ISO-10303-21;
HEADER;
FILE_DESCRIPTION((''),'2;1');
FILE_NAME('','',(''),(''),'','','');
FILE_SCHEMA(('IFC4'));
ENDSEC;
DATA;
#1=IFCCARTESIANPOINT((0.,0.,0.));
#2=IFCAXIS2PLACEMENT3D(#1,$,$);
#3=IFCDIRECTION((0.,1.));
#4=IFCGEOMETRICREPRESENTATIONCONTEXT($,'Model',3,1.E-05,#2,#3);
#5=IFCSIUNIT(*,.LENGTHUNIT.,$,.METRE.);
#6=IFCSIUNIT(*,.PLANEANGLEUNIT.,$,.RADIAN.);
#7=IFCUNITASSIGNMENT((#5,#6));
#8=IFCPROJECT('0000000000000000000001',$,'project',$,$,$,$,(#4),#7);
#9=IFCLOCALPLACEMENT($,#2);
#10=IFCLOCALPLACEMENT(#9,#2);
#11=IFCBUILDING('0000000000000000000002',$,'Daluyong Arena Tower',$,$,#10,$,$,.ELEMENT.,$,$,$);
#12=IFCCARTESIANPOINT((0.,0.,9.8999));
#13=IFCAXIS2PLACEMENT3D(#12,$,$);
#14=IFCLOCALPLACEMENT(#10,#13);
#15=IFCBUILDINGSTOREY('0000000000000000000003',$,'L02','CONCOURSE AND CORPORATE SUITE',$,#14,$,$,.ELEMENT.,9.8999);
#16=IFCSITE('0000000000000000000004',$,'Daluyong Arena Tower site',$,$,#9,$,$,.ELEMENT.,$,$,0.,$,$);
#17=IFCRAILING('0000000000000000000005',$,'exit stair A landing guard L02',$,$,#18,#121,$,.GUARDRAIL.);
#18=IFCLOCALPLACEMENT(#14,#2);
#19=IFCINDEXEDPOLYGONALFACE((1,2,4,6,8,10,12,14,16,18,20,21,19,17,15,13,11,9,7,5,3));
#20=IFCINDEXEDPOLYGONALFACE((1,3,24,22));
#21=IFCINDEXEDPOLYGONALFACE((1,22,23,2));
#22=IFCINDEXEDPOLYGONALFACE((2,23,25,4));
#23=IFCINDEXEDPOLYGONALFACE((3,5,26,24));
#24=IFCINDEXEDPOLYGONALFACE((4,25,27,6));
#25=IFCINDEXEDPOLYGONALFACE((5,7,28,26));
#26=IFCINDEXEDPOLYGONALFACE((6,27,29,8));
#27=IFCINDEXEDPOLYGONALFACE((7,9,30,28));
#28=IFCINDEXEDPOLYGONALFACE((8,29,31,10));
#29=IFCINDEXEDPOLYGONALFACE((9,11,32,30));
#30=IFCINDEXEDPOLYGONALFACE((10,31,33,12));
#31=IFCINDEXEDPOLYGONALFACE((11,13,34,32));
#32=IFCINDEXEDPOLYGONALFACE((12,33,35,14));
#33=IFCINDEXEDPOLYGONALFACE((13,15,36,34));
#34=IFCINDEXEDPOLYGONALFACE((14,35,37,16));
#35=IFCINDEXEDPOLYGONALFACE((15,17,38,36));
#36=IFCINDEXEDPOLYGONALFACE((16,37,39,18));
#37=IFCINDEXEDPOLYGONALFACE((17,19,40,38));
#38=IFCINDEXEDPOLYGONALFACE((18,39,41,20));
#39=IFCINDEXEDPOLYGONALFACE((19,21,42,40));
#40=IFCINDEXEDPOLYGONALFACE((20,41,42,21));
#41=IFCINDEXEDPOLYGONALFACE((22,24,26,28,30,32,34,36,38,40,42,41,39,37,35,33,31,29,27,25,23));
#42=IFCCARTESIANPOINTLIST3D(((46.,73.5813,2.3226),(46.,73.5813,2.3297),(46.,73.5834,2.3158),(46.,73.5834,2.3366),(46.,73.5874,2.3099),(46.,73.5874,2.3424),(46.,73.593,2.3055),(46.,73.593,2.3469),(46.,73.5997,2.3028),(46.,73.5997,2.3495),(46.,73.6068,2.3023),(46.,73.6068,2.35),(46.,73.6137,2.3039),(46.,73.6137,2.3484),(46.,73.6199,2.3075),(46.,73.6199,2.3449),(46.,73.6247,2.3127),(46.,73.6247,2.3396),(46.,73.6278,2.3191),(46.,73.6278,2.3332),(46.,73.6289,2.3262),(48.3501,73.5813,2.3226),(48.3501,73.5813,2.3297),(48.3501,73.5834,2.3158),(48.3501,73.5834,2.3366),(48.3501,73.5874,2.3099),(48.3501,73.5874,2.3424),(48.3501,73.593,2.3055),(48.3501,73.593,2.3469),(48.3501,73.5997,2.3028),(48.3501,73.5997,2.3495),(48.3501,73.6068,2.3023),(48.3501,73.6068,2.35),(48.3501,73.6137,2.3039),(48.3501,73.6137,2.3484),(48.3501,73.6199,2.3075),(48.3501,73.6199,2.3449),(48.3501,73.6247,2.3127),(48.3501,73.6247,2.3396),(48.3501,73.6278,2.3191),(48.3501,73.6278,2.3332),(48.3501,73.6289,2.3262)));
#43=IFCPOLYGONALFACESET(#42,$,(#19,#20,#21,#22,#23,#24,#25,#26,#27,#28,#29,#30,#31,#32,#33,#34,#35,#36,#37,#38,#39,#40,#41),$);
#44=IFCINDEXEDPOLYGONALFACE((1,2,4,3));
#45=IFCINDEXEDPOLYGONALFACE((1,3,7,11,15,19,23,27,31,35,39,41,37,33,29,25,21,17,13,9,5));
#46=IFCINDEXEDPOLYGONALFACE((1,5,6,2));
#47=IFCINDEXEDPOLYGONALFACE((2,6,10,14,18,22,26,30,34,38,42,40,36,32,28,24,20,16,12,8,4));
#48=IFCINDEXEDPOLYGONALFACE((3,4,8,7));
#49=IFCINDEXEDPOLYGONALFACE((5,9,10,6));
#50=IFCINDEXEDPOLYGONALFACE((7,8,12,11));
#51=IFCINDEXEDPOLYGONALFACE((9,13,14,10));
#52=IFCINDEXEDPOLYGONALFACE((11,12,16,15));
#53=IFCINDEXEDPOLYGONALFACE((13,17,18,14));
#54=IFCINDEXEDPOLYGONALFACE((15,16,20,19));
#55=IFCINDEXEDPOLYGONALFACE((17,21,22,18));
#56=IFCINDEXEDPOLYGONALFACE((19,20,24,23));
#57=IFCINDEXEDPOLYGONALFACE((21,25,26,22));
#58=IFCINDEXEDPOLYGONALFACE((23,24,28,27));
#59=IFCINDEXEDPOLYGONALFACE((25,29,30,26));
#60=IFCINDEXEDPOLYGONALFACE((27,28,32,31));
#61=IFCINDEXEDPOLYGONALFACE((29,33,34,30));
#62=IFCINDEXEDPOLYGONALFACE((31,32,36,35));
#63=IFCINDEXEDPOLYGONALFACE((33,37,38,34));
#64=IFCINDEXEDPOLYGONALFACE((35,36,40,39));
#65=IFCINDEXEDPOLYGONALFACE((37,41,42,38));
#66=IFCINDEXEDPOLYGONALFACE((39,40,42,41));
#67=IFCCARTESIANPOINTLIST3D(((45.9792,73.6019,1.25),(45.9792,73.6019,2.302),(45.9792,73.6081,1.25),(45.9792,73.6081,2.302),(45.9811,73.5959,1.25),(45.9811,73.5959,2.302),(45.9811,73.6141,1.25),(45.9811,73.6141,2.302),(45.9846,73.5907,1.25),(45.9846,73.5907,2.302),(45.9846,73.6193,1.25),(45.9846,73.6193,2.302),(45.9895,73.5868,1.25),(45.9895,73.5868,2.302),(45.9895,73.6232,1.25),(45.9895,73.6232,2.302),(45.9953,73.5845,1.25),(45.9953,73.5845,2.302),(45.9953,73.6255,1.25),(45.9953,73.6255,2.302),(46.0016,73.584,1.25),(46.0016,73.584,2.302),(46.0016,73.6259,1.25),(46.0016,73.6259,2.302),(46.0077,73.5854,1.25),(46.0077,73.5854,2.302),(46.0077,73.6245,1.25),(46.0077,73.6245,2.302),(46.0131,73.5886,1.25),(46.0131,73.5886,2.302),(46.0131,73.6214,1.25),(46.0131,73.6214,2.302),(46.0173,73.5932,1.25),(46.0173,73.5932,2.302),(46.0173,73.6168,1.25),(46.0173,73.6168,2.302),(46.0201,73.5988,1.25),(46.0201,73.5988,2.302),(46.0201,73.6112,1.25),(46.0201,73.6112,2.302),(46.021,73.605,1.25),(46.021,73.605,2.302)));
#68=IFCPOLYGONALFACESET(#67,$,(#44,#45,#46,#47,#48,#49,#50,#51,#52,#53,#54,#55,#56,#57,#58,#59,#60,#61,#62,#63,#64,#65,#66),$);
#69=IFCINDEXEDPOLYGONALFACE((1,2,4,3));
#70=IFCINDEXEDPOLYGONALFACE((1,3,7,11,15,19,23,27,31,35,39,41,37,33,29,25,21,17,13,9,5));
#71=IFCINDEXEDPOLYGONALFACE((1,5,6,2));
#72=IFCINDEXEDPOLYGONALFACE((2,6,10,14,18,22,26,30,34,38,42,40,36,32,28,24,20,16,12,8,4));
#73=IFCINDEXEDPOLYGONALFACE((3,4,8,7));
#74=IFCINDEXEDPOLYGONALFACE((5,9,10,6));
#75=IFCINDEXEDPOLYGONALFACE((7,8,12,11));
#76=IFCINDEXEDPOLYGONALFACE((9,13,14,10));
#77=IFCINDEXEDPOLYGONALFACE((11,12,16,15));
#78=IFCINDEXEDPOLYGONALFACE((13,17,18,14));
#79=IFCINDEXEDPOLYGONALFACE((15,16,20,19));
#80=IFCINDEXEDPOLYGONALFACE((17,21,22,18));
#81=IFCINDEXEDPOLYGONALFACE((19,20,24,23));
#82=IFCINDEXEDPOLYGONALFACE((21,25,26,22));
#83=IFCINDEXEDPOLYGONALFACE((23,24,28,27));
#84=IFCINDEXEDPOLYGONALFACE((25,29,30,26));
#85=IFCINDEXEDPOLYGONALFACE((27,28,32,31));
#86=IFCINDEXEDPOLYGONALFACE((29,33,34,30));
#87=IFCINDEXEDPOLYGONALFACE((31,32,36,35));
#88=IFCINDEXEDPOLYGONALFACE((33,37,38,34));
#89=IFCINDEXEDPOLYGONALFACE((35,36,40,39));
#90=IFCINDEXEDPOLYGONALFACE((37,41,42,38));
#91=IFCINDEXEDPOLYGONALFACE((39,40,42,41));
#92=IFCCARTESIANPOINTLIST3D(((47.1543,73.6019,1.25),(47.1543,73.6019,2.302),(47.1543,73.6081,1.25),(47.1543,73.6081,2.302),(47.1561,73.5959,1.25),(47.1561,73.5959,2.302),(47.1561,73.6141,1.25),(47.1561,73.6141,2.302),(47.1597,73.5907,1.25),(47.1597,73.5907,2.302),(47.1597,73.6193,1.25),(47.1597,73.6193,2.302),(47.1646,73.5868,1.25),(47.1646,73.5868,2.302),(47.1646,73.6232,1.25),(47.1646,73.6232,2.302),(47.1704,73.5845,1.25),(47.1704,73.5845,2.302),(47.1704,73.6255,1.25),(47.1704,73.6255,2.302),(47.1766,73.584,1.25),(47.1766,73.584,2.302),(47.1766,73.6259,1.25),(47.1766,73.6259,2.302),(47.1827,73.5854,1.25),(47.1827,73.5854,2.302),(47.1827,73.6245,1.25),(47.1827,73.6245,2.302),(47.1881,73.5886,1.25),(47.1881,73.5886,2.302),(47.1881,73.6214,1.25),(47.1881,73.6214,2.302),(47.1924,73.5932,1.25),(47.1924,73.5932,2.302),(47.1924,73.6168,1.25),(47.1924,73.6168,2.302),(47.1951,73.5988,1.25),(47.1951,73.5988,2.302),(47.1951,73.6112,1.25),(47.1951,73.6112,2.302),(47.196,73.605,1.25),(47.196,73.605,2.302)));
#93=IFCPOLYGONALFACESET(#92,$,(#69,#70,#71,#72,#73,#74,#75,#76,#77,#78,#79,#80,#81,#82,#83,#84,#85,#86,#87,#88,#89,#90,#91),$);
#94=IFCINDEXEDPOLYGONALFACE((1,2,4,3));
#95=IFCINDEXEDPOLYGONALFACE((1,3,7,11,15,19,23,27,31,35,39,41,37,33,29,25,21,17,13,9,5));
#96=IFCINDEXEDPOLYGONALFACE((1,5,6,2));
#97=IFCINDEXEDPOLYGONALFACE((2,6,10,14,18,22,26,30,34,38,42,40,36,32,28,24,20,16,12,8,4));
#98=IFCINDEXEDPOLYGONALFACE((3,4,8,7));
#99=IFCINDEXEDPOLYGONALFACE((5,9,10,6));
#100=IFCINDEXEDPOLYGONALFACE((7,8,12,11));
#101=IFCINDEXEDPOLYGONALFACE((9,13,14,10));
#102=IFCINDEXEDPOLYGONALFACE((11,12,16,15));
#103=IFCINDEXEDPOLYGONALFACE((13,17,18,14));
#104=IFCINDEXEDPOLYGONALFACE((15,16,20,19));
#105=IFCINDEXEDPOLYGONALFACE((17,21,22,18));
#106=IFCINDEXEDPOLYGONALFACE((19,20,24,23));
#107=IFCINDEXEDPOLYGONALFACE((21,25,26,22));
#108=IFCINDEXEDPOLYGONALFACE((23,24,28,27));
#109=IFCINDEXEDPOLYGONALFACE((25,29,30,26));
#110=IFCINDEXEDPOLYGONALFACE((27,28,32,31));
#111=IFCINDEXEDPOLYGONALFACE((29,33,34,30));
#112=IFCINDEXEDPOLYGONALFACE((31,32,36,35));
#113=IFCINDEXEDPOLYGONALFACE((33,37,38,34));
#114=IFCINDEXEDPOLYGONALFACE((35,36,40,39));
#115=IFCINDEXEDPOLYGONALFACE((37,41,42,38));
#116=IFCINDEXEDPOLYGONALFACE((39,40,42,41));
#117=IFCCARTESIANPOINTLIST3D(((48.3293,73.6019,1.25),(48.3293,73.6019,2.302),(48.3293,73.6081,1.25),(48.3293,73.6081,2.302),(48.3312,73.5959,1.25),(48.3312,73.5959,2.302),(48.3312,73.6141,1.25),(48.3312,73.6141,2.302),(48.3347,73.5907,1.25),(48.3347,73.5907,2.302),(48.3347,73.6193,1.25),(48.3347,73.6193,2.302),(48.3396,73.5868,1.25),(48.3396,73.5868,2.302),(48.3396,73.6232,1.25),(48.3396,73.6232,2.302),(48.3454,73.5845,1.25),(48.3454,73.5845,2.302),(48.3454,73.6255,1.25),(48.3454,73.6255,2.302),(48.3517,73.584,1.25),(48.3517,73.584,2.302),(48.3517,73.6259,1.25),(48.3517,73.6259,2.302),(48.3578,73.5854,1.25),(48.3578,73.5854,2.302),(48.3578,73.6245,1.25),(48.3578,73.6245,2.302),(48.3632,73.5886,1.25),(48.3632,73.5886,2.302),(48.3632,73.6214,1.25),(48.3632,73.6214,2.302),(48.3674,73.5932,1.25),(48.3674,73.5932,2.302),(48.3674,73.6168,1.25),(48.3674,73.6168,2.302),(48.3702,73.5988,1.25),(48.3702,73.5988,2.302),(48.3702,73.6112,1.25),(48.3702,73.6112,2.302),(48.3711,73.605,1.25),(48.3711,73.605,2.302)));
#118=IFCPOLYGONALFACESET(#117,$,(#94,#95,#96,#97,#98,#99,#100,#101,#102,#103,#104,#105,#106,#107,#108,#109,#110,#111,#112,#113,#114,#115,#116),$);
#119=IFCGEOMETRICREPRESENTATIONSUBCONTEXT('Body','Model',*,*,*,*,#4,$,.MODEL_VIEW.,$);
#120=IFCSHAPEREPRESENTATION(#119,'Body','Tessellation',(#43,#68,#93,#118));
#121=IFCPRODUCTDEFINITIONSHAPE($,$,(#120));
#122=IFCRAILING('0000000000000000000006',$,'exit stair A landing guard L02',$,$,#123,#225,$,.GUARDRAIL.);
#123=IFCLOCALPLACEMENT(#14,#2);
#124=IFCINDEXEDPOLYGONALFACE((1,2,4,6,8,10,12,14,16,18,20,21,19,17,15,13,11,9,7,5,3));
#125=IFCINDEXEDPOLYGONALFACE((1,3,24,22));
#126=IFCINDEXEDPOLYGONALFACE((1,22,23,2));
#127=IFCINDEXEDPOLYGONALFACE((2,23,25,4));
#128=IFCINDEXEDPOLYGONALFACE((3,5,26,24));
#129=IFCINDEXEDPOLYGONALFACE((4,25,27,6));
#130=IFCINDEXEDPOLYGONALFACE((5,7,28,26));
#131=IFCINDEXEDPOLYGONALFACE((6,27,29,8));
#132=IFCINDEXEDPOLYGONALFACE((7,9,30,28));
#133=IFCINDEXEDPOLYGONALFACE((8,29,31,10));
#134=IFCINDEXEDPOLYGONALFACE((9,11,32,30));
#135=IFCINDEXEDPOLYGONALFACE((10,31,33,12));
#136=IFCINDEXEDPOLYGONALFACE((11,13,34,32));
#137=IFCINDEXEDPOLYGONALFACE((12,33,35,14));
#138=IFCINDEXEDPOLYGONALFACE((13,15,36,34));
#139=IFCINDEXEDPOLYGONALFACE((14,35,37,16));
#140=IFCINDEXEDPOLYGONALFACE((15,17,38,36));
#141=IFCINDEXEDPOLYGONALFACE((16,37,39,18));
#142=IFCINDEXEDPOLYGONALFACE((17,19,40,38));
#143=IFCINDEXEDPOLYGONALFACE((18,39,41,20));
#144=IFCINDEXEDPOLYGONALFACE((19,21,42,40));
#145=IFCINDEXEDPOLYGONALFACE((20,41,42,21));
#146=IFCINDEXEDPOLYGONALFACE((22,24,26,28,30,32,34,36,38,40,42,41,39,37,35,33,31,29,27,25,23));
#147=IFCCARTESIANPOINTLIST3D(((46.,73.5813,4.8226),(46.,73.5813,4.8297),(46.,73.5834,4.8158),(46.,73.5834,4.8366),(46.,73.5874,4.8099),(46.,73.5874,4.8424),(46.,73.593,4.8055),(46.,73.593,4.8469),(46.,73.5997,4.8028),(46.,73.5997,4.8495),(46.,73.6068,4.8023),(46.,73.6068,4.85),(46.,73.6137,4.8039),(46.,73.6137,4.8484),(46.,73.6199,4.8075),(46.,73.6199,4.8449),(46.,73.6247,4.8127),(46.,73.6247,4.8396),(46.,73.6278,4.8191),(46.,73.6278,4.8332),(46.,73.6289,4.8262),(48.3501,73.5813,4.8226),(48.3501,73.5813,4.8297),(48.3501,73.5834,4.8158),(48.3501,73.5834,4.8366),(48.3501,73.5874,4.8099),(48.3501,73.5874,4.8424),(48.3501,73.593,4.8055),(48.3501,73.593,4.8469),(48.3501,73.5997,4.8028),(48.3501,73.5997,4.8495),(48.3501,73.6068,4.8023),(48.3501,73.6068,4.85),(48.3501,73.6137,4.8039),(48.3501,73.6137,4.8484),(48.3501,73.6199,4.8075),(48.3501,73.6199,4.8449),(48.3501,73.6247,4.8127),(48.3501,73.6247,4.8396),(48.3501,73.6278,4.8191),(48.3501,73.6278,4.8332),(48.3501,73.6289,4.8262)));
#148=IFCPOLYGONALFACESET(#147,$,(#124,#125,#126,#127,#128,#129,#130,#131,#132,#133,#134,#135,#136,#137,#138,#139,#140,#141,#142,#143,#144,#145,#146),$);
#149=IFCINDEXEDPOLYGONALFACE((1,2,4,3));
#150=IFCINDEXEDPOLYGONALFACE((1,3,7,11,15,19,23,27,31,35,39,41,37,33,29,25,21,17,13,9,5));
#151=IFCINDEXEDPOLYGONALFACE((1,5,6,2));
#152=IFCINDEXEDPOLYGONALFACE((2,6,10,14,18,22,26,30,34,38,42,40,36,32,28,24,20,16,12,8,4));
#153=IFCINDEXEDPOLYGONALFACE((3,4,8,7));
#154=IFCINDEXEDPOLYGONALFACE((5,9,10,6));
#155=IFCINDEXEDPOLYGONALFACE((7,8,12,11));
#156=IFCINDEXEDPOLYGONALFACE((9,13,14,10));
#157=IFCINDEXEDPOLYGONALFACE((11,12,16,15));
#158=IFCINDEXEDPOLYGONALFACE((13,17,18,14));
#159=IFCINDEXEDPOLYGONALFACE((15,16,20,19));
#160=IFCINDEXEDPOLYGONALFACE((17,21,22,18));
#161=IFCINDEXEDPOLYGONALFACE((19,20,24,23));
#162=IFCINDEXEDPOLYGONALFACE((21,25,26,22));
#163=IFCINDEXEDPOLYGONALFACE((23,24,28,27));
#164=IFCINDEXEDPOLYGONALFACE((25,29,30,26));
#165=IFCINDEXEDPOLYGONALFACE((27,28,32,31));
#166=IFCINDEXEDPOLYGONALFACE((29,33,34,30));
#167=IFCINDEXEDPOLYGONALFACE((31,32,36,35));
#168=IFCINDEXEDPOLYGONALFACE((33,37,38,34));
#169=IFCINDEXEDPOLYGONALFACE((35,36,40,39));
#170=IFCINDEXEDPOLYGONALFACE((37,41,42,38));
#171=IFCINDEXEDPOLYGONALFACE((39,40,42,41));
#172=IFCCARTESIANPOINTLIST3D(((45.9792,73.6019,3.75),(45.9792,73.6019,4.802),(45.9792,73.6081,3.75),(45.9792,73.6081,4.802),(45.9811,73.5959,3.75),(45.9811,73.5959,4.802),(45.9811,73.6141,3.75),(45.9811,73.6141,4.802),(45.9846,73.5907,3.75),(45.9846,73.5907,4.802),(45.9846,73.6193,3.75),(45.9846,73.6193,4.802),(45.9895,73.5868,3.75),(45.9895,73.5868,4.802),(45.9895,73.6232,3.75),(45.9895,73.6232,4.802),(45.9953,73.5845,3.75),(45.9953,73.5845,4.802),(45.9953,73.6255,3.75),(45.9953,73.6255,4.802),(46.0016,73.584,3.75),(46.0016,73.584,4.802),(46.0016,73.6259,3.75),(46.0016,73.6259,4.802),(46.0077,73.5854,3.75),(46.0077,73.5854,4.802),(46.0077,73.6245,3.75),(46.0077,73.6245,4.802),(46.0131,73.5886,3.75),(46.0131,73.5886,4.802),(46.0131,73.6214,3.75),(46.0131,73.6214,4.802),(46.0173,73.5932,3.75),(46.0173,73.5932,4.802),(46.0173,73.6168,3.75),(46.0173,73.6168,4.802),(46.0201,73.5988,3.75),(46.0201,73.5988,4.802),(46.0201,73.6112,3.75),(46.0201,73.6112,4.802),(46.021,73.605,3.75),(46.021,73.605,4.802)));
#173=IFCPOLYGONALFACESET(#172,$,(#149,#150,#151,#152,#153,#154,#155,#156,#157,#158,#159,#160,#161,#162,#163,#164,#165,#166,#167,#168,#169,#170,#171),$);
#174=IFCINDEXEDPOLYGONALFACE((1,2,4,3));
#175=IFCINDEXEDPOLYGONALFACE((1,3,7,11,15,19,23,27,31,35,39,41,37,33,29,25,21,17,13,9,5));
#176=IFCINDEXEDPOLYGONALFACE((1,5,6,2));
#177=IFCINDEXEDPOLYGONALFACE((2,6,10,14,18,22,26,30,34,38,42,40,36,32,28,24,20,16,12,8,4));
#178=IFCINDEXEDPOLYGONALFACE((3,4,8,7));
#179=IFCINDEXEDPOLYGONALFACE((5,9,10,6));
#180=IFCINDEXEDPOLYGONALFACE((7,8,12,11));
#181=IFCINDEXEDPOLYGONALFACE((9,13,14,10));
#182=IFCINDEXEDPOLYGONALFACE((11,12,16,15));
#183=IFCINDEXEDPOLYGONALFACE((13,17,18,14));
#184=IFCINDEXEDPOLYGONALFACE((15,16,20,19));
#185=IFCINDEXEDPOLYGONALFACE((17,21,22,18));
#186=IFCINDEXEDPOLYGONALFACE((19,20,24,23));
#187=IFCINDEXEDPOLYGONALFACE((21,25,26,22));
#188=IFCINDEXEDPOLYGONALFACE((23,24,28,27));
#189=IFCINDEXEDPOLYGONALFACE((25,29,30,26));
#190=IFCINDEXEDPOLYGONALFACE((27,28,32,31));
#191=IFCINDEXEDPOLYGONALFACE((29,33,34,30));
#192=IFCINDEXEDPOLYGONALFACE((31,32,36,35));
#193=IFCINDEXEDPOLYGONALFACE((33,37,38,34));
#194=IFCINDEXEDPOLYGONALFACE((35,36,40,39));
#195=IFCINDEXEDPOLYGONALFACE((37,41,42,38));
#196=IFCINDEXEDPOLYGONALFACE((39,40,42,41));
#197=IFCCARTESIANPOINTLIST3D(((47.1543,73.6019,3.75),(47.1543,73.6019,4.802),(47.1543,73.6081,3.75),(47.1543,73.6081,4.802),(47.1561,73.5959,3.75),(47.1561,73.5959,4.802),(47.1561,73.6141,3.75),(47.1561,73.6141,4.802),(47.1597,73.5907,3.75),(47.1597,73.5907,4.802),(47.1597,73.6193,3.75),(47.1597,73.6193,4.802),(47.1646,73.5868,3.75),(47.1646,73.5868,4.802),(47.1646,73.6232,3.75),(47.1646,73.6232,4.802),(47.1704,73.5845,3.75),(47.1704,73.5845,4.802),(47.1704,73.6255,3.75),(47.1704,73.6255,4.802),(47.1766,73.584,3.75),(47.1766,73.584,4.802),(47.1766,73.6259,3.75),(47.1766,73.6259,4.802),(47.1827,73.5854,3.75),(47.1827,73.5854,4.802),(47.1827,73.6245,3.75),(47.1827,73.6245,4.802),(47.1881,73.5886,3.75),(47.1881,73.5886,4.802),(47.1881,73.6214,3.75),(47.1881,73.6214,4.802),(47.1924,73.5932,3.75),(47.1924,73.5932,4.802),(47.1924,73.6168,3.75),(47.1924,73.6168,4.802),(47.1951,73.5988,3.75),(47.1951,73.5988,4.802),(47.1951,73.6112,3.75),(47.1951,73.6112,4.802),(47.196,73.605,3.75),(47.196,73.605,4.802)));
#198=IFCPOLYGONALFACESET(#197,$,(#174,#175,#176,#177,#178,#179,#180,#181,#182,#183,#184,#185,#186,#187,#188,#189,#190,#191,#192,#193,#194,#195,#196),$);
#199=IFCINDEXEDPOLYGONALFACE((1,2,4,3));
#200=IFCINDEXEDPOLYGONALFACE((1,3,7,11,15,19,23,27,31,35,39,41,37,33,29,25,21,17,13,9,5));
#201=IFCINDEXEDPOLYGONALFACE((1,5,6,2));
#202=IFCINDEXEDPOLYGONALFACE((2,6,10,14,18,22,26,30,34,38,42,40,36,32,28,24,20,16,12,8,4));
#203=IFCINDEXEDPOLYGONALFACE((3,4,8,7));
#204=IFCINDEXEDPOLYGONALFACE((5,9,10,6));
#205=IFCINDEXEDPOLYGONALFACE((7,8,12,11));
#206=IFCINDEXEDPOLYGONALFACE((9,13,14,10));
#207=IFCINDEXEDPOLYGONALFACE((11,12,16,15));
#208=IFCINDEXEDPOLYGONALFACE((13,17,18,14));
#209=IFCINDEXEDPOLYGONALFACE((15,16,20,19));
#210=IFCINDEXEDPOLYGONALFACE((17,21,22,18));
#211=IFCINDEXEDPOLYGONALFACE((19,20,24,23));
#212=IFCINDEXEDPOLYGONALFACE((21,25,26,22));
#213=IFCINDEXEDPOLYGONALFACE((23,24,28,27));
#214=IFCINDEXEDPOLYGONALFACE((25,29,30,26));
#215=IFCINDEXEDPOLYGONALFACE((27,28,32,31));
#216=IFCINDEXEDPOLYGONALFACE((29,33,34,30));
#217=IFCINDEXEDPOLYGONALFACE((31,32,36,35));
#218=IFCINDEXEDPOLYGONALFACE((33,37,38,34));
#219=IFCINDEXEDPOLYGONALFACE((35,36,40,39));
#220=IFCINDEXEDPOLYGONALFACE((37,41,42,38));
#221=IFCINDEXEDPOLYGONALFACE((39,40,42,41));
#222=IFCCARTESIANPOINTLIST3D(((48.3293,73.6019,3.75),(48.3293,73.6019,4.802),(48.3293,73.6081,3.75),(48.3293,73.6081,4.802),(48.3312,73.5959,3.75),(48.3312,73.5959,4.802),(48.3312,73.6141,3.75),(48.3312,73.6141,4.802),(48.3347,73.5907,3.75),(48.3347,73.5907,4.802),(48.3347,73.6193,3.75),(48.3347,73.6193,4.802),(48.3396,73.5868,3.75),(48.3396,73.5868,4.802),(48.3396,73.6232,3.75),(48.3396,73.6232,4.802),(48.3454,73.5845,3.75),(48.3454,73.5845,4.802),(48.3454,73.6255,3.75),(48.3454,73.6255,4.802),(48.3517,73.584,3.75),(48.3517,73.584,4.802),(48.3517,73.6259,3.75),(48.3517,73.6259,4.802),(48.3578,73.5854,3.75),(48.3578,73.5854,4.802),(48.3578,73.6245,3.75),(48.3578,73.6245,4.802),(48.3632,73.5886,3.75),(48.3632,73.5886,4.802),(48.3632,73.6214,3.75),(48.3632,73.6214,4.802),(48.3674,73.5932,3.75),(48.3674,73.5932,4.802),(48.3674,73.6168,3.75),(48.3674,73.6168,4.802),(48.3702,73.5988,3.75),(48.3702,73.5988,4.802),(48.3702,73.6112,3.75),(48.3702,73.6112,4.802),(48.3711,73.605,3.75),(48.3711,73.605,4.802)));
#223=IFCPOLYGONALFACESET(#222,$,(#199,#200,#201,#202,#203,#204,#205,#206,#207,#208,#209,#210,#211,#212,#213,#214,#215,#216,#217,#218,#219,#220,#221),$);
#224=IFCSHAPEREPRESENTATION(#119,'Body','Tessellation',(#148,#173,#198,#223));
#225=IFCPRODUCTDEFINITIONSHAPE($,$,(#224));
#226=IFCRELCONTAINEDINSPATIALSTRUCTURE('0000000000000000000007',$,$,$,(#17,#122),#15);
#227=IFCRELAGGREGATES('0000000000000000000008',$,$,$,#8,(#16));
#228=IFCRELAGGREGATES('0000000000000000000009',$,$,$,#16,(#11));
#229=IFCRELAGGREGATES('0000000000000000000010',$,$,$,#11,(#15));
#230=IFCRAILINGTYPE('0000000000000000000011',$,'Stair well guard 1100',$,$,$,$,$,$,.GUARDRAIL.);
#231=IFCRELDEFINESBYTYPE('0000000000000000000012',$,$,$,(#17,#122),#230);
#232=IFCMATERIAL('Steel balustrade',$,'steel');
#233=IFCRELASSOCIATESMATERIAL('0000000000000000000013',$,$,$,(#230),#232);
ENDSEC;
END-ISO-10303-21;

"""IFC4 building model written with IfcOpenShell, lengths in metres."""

from ifc_helpers import new_model, si_unit, direction, frame, origin, origin_2d, place, context, subcontext, project, spatial, circle, extrude, material, type_object, element, save


model = new_model("IFC4")

# Units and contexts
model_context = context("Model", 3, precision=1e-05, world=origin(), true_north=direction((0.0, 1.0)))
body_context = subcontext(model_context, "Body", "Model", "MODEL_VIEW")
ifc_project = project(units=[si_unit("LENGTHUNIT", "METRE"), si_unit("PLANEANGLEUNIT", "RADIAN")], contexts=[model_context])

# Site, building, storey
site_placement = place(None, origin())
site = spatial("IfcSite", under=ifc_project, at=site_placement, Name="Daluyong Arena Tower site", CompositionType="ELEMENT", RefElevation=0.0)
building_placement = place(site_placement, origin())
building = spatial("IfcBuilding", under=site, at=building_placement, Name="Daluyong Arena Tower", CompositionType="ELEMENT")
storey_placement = place(building_placement, frame((0.0, 0.0, 9.8999)))
storey = spatial("IfcBuildingStorey", under=building, at=storey_placement, Name="L02", Description="CONCOURSE AND CORPORATE SUITE", CompositionType="ELEMENT", Elevation=9.8999)

# Railings
ifc_material_1 = material(Name="Steel balustrade", Category="steel")
railing_type_1 = type_object("IfcRailingType", Name="Stair well guard 1100", PredefinedType="GUARDRAIL", material=ifc_material_1)
for number, where, name in (
    (1, (46.0, 73.605, 1.25), "exit stair A landing guard L02"),
    (2, (46.0, 73.605, 3.75), "exit stair A landing guard L02"),
):
    element("IfcRailing", number, at=place(storey_placement, frame(where)), inside=storey, type_object=railing_type_1, Name=name, PredefinedType="GUARDRAIL", context=body_context, shape_type="SweptSolid", body=[
        extrude(circle(Radius=0.0239, at=origin_2d()), frame((0.0, 0.0, 1.0762), z_axis=(1.0, 0.0, 0.0), x_axis=(0.0, 1.0, 0.0)), (0.0, 0.0, 1.0), 2.3501),
        extrude(circle(Radius=0.021, at=origin_2d()), origin(), (0.0, 0.0, 1.0), 1.052),
        extrude(circle(Radius=0.021, at=origin_2d()), frame((1.175, 0.0, 0.0)), (0.0, 0.0, 1.0), 1.052),
        extrude(circle(Radius=0.021, at=origin_2d()), frame((2.3501, 0.0, 0.0)), (0.0, 0.0, 1.0), 1.052),
    ])

save(model, "model.ifc")
